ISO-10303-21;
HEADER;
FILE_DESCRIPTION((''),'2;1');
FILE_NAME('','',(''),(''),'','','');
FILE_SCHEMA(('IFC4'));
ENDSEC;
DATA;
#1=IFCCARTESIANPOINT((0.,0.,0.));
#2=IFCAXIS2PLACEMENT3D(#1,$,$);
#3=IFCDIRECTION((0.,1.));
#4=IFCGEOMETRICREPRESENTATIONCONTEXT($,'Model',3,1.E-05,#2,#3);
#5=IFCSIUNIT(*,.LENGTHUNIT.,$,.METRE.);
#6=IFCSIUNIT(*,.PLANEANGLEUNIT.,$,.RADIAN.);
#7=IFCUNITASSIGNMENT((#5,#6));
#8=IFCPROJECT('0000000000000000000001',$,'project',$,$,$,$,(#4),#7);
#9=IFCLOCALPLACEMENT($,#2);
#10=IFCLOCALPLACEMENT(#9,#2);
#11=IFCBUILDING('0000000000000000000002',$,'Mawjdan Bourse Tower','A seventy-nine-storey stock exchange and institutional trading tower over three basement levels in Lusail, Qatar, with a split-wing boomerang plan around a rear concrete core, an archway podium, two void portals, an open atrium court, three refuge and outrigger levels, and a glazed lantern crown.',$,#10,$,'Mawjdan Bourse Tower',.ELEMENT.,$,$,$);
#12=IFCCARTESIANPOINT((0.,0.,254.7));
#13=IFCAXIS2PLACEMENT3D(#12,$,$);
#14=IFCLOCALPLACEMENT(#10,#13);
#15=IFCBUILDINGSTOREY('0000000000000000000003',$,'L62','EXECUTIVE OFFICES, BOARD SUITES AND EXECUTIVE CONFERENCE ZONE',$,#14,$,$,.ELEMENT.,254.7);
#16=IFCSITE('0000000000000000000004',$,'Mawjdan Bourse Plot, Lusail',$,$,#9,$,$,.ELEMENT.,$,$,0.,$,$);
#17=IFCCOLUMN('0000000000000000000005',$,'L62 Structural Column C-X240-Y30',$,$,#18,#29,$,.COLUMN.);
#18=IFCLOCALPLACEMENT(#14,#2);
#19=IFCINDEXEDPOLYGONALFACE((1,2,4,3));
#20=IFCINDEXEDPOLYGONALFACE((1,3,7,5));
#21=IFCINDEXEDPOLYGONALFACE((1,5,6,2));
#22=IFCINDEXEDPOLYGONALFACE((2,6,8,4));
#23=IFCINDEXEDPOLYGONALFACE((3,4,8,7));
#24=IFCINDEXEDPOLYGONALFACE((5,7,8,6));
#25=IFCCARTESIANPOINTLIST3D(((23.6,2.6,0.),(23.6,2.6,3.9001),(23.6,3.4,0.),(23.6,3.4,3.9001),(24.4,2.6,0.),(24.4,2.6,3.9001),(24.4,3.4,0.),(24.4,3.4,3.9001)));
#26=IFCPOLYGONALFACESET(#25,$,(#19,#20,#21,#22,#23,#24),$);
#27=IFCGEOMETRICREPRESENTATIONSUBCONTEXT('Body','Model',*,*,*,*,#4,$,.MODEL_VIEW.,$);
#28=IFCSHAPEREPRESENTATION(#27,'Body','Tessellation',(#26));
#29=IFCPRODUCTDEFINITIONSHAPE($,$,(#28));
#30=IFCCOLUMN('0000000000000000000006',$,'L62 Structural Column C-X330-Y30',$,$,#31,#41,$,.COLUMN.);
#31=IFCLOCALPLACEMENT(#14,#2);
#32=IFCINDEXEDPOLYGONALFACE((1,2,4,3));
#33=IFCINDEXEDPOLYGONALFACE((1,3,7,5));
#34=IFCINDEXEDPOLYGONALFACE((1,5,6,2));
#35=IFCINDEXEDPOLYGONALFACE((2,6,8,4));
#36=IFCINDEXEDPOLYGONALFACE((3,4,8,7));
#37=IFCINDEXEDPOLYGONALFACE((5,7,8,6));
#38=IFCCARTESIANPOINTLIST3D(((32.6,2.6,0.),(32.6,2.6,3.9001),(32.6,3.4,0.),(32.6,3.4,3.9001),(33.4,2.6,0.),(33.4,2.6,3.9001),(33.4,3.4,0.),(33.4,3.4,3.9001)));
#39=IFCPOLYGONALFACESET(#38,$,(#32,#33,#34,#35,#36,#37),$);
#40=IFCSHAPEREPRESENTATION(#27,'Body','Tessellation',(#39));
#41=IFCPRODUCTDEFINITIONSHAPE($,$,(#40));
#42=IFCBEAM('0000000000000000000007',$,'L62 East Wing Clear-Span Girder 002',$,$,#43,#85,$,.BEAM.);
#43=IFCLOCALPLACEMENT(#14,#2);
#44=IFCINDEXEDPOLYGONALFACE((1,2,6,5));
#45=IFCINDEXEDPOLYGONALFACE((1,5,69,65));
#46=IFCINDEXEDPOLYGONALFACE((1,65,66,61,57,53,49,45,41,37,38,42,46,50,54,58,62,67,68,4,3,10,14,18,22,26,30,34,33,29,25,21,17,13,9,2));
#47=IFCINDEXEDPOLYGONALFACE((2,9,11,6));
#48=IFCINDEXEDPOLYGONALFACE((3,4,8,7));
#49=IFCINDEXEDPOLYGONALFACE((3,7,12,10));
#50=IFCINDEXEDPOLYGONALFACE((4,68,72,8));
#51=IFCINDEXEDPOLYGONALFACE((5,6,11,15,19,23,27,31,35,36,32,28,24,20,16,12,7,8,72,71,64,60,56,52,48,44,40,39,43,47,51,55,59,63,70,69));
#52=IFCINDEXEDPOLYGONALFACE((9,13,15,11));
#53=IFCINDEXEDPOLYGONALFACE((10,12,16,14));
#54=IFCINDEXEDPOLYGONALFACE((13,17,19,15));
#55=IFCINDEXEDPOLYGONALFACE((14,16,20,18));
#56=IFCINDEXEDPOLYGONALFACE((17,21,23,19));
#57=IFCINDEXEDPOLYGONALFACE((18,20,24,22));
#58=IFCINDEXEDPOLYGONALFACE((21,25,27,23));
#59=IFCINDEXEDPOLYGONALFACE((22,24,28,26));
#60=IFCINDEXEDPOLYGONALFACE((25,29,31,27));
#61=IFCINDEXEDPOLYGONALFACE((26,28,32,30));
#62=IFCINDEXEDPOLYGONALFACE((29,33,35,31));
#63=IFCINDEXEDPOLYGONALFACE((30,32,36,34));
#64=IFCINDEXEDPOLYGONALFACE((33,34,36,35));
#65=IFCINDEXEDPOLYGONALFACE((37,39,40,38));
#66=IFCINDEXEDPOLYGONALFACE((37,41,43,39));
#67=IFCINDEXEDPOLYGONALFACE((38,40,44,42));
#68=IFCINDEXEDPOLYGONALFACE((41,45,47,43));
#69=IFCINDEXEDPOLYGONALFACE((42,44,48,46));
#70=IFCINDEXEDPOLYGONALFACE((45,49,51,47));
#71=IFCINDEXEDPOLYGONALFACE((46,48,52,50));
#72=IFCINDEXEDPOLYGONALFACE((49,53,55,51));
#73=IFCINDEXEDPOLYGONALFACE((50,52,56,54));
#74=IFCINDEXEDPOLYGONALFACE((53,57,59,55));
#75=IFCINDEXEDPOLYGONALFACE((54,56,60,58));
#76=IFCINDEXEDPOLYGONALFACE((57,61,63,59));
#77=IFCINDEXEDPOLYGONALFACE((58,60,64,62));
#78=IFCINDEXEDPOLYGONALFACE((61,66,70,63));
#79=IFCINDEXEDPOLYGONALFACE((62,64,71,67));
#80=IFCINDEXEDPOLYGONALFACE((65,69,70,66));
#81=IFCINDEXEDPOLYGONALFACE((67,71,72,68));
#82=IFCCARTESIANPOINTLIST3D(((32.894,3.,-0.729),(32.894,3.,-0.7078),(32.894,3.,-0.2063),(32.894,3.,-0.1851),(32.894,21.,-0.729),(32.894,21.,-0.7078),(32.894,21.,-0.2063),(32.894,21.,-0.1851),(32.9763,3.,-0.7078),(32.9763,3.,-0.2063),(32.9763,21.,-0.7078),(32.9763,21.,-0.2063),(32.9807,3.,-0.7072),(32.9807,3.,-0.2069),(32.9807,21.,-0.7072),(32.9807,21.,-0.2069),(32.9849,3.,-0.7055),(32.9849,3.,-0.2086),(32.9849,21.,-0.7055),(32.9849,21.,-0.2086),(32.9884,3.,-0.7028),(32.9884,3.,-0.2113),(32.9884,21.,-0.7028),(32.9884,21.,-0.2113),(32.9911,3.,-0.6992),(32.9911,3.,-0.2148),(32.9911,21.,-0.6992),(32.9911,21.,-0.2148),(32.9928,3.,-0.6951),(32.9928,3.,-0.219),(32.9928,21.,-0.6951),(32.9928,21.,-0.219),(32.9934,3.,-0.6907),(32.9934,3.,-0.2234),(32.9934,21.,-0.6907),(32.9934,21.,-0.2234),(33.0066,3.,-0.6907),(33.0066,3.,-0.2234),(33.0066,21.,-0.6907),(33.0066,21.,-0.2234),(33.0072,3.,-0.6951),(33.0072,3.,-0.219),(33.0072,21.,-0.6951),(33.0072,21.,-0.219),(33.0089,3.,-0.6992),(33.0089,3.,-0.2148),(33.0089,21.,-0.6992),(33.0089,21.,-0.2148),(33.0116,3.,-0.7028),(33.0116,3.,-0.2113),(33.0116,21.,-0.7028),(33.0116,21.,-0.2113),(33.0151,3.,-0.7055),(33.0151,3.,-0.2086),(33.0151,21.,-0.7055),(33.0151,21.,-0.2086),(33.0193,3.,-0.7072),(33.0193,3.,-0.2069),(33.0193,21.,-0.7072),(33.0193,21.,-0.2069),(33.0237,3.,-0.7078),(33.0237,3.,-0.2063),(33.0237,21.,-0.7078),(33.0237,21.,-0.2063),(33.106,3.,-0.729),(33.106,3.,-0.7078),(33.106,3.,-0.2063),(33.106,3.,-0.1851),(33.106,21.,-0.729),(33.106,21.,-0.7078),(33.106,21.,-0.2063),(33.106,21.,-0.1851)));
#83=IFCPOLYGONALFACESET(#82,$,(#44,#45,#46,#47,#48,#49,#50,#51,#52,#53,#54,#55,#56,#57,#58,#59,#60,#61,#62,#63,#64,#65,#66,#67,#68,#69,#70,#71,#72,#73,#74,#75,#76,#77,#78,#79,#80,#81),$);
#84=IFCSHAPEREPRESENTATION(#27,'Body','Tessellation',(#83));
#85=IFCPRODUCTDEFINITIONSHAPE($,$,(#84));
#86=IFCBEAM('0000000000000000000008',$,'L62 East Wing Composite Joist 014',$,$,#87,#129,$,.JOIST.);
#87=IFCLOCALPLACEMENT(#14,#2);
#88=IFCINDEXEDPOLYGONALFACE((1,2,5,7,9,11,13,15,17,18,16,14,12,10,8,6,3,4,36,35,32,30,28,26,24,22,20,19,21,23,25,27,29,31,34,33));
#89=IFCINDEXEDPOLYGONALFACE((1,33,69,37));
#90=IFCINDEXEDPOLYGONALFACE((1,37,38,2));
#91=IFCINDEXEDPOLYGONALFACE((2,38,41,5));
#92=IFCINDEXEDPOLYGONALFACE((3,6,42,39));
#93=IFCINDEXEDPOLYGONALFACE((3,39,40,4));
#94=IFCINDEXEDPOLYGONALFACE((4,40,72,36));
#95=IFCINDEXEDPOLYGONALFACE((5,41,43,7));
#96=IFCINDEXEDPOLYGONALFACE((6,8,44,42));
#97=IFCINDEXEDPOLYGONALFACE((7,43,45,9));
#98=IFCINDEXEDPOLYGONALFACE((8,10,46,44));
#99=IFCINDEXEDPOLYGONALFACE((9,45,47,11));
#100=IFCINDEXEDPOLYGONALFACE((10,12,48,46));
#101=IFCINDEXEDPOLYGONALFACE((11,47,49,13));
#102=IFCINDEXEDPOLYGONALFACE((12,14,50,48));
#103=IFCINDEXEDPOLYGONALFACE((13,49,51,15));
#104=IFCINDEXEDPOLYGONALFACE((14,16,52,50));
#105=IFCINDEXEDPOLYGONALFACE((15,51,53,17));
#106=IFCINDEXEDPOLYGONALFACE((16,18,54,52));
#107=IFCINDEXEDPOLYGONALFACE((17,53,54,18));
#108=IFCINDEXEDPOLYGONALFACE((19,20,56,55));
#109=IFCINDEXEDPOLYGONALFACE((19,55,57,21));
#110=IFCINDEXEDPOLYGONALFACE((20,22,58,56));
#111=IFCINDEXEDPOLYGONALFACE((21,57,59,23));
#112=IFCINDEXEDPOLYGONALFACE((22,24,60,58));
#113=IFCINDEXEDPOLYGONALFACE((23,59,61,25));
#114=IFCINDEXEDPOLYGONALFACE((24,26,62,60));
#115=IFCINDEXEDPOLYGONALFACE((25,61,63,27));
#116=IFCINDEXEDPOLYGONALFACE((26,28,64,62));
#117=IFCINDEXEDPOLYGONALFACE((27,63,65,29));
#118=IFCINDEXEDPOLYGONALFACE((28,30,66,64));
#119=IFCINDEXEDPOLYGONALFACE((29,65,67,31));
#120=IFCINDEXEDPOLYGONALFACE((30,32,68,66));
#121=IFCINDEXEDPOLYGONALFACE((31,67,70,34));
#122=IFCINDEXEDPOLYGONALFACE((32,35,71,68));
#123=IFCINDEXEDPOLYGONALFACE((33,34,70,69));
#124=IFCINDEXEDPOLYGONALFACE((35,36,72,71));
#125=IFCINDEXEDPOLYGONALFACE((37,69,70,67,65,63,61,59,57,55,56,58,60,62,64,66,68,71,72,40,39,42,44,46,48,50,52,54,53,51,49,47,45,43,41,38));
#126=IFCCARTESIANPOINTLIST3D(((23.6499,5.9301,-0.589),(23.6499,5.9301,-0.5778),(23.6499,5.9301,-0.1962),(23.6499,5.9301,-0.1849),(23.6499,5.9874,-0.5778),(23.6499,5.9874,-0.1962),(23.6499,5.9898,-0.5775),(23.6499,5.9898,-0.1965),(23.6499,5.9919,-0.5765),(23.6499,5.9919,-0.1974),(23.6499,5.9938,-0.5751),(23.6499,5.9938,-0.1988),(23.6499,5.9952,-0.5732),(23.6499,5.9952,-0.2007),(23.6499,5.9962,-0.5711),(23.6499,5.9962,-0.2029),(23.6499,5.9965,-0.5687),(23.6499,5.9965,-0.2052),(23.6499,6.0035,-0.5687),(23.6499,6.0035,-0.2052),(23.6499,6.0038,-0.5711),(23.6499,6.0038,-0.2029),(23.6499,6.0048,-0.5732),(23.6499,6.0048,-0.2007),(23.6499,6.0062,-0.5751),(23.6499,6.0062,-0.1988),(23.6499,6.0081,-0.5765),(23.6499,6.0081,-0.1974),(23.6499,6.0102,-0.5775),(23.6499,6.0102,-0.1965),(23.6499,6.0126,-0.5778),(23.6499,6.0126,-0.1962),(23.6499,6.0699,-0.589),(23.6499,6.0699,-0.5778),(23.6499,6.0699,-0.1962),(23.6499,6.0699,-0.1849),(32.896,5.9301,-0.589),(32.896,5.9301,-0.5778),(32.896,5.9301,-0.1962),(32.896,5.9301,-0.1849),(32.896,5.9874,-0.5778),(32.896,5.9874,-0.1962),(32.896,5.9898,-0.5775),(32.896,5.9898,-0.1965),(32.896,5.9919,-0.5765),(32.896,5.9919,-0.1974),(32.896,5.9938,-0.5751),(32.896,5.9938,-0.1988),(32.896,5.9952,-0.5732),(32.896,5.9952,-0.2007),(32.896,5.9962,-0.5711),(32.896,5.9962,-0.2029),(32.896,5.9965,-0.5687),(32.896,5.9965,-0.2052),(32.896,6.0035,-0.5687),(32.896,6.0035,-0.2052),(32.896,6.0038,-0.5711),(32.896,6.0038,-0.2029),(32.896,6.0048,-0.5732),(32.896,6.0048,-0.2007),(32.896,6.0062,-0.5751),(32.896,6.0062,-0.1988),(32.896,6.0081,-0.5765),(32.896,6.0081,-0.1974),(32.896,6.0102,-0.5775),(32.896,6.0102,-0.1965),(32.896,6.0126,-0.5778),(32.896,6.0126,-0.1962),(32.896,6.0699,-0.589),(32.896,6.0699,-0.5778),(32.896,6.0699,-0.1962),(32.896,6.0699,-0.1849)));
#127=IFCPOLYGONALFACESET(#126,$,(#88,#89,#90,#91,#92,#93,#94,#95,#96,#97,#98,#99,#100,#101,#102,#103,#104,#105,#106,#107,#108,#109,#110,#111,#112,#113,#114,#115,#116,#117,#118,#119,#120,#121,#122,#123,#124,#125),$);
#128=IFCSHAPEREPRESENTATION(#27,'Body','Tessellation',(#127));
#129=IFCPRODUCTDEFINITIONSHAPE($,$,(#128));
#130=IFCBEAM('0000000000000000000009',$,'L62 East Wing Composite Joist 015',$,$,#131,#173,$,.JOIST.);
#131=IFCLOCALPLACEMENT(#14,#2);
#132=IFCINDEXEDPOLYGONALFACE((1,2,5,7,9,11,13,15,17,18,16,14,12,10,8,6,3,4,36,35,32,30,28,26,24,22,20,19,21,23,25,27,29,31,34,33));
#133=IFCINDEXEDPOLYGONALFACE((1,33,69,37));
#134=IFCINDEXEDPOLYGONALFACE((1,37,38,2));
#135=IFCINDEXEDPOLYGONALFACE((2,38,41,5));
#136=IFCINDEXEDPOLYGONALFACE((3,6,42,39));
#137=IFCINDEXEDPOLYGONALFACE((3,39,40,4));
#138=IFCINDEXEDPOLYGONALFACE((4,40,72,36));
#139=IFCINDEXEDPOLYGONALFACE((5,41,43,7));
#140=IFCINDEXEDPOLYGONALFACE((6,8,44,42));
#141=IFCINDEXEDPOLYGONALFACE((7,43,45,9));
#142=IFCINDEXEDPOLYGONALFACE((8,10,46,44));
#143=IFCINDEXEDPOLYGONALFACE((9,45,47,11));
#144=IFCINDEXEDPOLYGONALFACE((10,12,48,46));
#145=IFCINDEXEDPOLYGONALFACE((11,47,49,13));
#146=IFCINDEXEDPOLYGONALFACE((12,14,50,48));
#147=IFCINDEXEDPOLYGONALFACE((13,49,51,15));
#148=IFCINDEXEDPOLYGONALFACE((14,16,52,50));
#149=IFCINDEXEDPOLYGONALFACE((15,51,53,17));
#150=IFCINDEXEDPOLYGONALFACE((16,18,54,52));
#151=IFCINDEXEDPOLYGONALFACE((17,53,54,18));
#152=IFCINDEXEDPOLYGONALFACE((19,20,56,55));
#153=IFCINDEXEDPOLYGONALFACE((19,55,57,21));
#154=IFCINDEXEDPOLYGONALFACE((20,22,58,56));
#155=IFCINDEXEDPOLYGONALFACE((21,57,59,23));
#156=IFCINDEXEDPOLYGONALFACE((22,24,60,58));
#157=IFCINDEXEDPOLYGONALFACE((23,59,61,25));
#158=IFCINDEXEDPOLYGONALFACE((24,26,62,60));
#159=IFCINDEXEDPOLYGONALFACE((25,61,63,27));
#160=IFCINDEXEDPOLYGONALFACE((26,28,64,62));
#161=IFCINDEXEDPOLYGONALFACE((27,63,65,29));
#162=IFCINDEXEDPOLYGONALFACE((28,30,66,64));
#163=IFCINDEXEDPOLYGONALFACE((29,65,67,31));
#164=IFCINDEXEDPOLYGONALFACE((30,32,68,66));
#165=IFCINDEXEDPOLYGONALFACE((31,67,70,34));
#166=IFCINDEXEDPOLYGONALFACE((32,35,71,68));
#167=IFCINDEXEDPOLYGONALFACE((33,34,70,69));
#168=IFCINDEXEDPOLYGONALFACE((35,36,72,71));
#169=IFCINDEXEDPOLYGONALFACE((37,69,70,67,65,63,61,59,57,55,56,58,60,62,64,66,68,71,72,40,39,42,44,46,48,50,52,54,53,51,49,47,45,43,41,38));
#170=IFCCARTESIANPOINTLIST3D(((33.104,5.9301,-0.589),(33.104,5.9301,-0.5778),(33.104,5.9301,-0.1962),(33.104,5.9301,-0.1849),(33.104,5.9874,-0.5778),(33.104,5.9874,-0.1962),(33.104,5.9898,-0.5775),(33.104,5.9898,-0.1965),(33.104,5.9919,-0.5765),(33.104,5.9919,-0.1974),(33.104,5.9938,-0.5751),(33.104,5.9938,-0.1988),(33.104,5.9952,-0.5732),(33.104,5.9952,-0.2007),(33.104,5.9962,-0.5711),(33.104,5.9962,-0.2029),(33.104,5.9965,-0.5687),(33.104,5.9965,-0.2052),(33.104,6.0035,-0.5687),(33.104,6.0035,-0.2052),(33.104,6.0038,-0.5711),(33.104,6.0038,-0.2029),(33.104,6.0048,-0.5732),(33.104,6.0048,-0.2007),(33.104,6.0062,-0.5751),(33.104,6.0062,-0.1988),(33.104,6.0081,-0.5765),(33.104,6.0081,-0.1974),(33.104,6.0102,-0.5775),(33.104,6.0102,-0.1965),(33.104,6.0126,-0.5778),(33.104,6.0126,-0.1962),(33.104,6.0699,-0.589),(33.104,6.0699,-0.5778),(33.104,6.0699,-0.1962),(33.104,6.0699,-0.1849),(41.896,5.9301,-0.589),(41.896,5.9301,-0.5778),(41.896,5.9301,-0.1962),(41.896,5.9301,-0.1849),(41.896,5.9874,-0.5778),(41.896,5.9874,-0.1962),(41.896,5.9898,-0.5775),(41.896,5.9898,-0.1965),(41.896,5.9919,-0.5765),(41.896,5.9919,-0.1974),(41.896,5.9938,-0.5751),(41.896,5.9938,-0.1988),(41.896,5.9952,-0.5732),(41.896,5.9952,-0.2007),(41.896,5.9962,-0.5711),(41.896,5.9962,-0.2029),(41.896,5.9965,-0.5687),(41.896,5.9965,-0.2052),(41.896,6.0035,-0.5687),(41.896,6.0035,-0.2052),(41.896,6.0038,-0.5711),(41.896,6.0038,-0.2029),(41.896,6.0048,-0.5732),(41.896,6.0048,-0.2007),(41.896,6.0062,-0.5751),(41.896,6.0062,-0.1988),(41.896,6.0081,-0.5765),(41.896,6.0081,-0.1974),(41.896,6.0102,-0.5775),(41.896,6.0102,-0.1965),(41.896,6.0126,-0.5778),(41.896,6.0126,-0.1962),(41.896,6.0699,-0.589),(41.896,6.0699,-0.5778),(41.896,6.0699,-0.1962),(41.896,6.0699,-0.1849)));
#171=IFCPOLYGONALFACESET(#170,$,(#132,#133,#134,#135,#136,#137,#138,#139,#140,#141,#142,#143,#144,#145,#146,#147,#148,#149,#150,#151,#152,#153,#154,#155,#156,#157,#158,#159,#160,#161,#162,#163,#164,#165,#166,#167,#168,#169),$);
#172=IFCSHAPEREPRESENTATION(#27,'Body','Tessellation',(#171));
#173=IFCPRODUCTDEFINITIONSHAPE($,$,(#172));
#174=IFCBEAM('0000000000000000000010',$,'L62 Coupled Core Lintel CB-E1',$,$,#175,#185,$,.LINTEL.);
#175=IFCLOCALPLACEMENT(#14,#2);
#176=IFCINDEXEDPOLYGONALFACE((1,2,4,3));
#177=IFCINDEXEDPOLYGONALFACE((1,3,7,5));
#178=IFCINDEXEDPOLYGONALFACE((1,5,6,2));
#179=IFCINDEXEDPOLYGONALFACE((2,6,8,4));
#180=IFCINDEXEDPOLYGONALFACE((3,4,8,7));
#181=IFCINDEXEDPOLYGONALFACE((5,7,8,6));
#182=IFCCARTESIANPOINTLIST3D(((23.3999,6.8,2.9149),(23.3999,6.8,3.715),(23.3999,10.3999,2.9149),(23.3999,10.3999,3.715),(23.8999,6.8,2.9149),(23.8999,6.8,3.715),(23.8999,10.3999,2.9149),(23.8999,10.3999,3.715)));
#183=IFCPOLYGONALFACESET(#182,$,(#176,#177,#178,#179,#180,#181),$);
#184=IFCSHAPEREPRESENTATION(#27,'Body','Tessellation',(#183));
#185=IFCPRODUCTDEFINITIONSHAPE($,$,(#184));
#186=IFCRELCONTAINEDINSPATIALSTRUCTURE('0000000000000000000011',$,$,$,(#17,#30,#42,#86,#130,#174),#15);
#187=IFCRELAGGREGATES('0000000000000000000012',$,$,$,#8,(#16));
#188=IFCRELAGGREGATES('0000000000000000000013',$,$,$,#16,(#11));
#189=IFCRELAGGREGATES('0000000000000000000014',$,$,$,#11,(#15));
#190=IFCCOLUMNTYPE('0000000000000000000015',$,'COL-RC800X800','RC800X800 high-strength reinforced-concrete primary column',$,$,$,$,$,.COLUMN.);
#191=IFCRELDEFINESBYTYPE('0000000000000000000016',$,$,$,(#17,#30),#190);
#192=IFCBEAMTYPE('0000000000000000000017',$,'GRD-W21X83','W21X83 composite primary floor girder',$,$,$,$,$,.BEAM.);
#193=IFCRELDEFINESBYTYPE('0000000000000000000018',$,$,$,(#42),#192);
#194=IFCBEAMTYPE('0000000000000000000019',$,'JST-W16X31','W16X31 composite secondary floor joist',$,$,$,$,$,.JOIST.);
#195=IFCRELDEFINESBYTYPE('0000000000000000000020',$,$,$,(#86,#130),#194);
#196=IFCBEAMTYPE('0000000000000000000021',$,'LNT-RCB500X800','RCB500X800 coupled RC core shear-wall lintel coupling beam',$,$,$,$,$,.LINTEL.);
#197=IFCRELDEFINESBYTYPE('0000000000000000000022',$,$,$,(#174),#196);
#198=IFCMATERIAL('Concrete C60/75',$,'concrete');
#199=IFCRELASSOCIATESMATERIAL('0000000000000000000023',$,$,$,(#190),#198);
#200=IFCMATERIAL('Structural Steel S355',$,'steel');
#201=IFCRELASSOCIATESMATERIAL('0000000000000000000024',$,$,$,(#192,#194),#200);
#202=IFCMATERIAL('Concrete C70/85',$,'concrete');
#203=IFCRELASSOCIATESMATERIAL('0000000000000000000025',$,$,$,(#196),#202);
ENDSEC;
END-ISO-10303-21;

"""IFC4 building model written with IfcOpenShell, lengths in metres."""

from ifc_helpers import new_model, si_unit, direction, frame, origin, origin_2d, place, context, subcontext, project, spatial, rectangle, i_section, extrude, material, material_profile, profile_set, type_object, element, save


model = new_model("IFC4")

# Units and contexts
model_context = context("Model", 3, precision=1e-05, world=origin(), true_north=direction((0.0, 1.0)))
body_context = subcontext(model_context, "Body", "Model", "MODEL_VIEW")
ifc_project = project(units=[si_unit("LENGTHUNIT", "METRE"), si_unit("PLANEANGLEUNIT", "RADIAN")], contexts=[model_context])

# Site, building, storey
site_placement = place(None, origin())
site = spatial("IfcSite", under=ifc_project, at=site_placement, Name="Mawjdan Bourse Plot, Lusail", CompositionType="ELEMENT", RefElevation=0.0)
building_placement = place(site_placement, origin())
building = spatial("IfcBuilding", under=site, at=building_placement, Name="Mawjdan Bourse Tower", Description="A seventy-nine-storey stock exchange and institutional trading tower over three basement levels in Lusail, Qatar, with a split-wing boomerang plan around a rear concrete core, an archway podium, two void portals, an open atrium court, three refuge and outrigger levels, and a glazed lantern crown.", LongName="Mawjdan Bourse Tower", CompositionType="ELEMENT")
storey_placement = place(building_placement, frame((0.0, 0.0, 254.7)))
storey = spatial("IfcBuildingStorey", under=building, at=storey_placement, Name="L62", Description="EXECUTIVE OFFICES, BOARD SUITES AND EXECUTIVE CONFERENCE ZONE", CompositionType="ELEMENT", Elevation=254.7)

# Columns
ifc_material_1 = material(Name="Concrete C60/75", Category="concrete")
ifc_material_profile_1 = material_profile(ifc_material_1, rectangle(XDim=0.8, YDim=0.8, at=origin_2d()), Name="RC800X800")
ifc_profile_set_1 = profile_set([ifc_material_profile_1], Name="Concrete C60/75")
column_type = type_object("IfcColumnType", Name="COL-RC800X800", Description="RC800X800 high-strength reinforced-concrete primary column", PredefinedType="COLUMN", material=ifc_profile_set_1)
for number, where, z_axis, x_axis, name in (
    (1, (24.0, 3.0, 0.0), (0.0, 0.0, 1.0), (1.0, 0.0, 0.0), "L62 Structural Column C-X240-Y30"),
    (2, (33.0, 3.0, 0.0), (0.0, 0.0, 1.0), (1.0, 0.0, 0.0), "L62 Structural Column C-X330-Y30"),
):
    element("IfcColumn", number, at=place(storey_placement, frame(where, z_axis=z_axis, x_axis=x_axis)), inside=storey, type_object=column_type, Name=name, PredefinedType="COLUMN", context=body_context, shape_type="SweptSolid", body=[
        extrude(rectangle(XDim=0.8, YDim=0.8, at=origin_2d()), origin(), (0.0, 0.0, 1.0), 3.9001),
    ])

# Beams
ifc_material_2 = material(Name="Structural Steel S355", Category="steel")
ifc_material_profile_2 = material_profile(ifc_material_2, i_section(OverallWidth=0.2119, OverallDepth=0.5439, WebThickness=0.0132, FlangeThickness=0.0212, FilletRadius=0.0171, at=origin_2d()), Name="W21X83")
ifc_profile_set_2 = profile_set([ifc_material_profile_2], Name="Structural Steel S355")
beam_type_1 = type_object("IfcBeamType", Name="GRD-W21X83", Description="W21X83 composite primary floor girder", PredefinedType="BEAM", material=ifc_profile_set_2)
beam_1_placement = place(storey_placement, frame((33.0, 3.0, -0.457), z_axis=(0.0, 1.0, 0.0), x_axis=(-1.0, 0.0, 0.0)))
element("IfcBeam", 3, at=beam_1_placement, inside=storey, type_object=beam_type_1, Name="L62 East Wing Clear-Span Girder 002", PredefinedType="BEAM", context=body_context, shape_type="SweptSolid", body=[
    extrude(i_section(OverallWidth=0.2119, OverallDepth=0.5439, WebThickness=0.0132, FlangeThickness=0.0212, FilletRadius=0.0171, at=origin_2d()), origin(), (0.0, 0.0, 1.0), 18.0),
])
ifc_material_profile_3 = material_profile(ifc_material_2, i_section(OverallWidth=0.1399, OverallDepth=0.4041, WebThickness=0.0071, FlangeThickness=0.0112, FilletRadius=0.009, at=origin_2d()), Name="W16X31")
ifc_profile_set_3 = profile_set([ifc_material_profile_3], Name="Structural Steel S355")
beam_type_2 = type_object("IfcBeamType", Name="JST-W16X31", Description="W16X31 composite secondary floor joist", PredefinedType="JOIST", material=ifc_profile_set_3)
beam_2_placement = place(storey_placement, frame((23.6499, 6.0, -0.387), z_axis=(1.0, 0.0, 0.0), x_axis=(0.0, 1.0, 0.0)))
element("IfcBeam", 4, at=beam_2_placement, inside=storey, type_object=beam_type_2, Name="L62 East Wing Composite Joist 014", PredefinedType="JOIST", context=body_context, shape_type="SweptSolid", body=[
    extrude(i_section(OverallWidth=0.1399, OverallDepth=0.4041, WebThickness=0.0071, FlangeThickness=0.0112, FilletRadius=0.009, at=origin_2d()), origin(), (0.0, 0.0, 1.0), 9.2461),
])
beam_3_placement = place(storey_placement, frame((33.104, 6.0, -0.387), z_axis=(1.0, 0.0, 0.0), x_axis=(0.0, 1.0, 0.0)))
element("IfcBeam", 5, at=beam_3_placement, inside=storey, type_object=beam_type_2, Name="L62 East Wing Composite Joist 015", PredefinedType="JOIST", context=body_context, shape_type="SweptSolid", body=[
    extrude(i_section(OverallWidth=0.1399, OverallDepth=0.4041, WebThickness=0.0071, FlangeThickness=0.0112, FilletRadius=0.009, at=origin_2d()), origin(), (0.0, 0.0, 1.0), 8.792),
])
ifc_material_3 = material(Name="Concrete C70/85", Category="concrete")
ifc_material_profile_4 = material_profile(ifc_material_3, rectangle(XDim=0.5, YDim=0.8, at=origin_2d()), Name="RCB500X800")
ifc_profile_set_4 = profile_set([ifc_material_profile_4], Name="Concrete C70/85")
beam_type_3 = type_object("IfcBeamType", Name="LNT-RCB500X800", Description="RCB500X800 coupled RC core shear-wall lintel coupling beam", PredefinedType="LINTEL", material=ifc_profile_set_4)
beam_4_placement = place(storey_placement, frame((23.6499, 6.8, 3.3149), z_axis=(0.0, 1.0, 0.0), x_axis=(-1.0, 0.0, 0.0)))
element("IfcBeam", 6, at=beam_4_placement, inside=storey, type_object=beam_type_3, Name="L62 Coupled Core Lintel CB-E1", PredefinedType="LINTEL", context=body_context, shape_type="SweptSolid", body=[
    extrude(rectangle(XDim=0.5, YDim=0.8, at=origin_2d()), origin(), (0.0, 0.0, 1.0), 3.5999),
])

save(model, "model.ifc")
